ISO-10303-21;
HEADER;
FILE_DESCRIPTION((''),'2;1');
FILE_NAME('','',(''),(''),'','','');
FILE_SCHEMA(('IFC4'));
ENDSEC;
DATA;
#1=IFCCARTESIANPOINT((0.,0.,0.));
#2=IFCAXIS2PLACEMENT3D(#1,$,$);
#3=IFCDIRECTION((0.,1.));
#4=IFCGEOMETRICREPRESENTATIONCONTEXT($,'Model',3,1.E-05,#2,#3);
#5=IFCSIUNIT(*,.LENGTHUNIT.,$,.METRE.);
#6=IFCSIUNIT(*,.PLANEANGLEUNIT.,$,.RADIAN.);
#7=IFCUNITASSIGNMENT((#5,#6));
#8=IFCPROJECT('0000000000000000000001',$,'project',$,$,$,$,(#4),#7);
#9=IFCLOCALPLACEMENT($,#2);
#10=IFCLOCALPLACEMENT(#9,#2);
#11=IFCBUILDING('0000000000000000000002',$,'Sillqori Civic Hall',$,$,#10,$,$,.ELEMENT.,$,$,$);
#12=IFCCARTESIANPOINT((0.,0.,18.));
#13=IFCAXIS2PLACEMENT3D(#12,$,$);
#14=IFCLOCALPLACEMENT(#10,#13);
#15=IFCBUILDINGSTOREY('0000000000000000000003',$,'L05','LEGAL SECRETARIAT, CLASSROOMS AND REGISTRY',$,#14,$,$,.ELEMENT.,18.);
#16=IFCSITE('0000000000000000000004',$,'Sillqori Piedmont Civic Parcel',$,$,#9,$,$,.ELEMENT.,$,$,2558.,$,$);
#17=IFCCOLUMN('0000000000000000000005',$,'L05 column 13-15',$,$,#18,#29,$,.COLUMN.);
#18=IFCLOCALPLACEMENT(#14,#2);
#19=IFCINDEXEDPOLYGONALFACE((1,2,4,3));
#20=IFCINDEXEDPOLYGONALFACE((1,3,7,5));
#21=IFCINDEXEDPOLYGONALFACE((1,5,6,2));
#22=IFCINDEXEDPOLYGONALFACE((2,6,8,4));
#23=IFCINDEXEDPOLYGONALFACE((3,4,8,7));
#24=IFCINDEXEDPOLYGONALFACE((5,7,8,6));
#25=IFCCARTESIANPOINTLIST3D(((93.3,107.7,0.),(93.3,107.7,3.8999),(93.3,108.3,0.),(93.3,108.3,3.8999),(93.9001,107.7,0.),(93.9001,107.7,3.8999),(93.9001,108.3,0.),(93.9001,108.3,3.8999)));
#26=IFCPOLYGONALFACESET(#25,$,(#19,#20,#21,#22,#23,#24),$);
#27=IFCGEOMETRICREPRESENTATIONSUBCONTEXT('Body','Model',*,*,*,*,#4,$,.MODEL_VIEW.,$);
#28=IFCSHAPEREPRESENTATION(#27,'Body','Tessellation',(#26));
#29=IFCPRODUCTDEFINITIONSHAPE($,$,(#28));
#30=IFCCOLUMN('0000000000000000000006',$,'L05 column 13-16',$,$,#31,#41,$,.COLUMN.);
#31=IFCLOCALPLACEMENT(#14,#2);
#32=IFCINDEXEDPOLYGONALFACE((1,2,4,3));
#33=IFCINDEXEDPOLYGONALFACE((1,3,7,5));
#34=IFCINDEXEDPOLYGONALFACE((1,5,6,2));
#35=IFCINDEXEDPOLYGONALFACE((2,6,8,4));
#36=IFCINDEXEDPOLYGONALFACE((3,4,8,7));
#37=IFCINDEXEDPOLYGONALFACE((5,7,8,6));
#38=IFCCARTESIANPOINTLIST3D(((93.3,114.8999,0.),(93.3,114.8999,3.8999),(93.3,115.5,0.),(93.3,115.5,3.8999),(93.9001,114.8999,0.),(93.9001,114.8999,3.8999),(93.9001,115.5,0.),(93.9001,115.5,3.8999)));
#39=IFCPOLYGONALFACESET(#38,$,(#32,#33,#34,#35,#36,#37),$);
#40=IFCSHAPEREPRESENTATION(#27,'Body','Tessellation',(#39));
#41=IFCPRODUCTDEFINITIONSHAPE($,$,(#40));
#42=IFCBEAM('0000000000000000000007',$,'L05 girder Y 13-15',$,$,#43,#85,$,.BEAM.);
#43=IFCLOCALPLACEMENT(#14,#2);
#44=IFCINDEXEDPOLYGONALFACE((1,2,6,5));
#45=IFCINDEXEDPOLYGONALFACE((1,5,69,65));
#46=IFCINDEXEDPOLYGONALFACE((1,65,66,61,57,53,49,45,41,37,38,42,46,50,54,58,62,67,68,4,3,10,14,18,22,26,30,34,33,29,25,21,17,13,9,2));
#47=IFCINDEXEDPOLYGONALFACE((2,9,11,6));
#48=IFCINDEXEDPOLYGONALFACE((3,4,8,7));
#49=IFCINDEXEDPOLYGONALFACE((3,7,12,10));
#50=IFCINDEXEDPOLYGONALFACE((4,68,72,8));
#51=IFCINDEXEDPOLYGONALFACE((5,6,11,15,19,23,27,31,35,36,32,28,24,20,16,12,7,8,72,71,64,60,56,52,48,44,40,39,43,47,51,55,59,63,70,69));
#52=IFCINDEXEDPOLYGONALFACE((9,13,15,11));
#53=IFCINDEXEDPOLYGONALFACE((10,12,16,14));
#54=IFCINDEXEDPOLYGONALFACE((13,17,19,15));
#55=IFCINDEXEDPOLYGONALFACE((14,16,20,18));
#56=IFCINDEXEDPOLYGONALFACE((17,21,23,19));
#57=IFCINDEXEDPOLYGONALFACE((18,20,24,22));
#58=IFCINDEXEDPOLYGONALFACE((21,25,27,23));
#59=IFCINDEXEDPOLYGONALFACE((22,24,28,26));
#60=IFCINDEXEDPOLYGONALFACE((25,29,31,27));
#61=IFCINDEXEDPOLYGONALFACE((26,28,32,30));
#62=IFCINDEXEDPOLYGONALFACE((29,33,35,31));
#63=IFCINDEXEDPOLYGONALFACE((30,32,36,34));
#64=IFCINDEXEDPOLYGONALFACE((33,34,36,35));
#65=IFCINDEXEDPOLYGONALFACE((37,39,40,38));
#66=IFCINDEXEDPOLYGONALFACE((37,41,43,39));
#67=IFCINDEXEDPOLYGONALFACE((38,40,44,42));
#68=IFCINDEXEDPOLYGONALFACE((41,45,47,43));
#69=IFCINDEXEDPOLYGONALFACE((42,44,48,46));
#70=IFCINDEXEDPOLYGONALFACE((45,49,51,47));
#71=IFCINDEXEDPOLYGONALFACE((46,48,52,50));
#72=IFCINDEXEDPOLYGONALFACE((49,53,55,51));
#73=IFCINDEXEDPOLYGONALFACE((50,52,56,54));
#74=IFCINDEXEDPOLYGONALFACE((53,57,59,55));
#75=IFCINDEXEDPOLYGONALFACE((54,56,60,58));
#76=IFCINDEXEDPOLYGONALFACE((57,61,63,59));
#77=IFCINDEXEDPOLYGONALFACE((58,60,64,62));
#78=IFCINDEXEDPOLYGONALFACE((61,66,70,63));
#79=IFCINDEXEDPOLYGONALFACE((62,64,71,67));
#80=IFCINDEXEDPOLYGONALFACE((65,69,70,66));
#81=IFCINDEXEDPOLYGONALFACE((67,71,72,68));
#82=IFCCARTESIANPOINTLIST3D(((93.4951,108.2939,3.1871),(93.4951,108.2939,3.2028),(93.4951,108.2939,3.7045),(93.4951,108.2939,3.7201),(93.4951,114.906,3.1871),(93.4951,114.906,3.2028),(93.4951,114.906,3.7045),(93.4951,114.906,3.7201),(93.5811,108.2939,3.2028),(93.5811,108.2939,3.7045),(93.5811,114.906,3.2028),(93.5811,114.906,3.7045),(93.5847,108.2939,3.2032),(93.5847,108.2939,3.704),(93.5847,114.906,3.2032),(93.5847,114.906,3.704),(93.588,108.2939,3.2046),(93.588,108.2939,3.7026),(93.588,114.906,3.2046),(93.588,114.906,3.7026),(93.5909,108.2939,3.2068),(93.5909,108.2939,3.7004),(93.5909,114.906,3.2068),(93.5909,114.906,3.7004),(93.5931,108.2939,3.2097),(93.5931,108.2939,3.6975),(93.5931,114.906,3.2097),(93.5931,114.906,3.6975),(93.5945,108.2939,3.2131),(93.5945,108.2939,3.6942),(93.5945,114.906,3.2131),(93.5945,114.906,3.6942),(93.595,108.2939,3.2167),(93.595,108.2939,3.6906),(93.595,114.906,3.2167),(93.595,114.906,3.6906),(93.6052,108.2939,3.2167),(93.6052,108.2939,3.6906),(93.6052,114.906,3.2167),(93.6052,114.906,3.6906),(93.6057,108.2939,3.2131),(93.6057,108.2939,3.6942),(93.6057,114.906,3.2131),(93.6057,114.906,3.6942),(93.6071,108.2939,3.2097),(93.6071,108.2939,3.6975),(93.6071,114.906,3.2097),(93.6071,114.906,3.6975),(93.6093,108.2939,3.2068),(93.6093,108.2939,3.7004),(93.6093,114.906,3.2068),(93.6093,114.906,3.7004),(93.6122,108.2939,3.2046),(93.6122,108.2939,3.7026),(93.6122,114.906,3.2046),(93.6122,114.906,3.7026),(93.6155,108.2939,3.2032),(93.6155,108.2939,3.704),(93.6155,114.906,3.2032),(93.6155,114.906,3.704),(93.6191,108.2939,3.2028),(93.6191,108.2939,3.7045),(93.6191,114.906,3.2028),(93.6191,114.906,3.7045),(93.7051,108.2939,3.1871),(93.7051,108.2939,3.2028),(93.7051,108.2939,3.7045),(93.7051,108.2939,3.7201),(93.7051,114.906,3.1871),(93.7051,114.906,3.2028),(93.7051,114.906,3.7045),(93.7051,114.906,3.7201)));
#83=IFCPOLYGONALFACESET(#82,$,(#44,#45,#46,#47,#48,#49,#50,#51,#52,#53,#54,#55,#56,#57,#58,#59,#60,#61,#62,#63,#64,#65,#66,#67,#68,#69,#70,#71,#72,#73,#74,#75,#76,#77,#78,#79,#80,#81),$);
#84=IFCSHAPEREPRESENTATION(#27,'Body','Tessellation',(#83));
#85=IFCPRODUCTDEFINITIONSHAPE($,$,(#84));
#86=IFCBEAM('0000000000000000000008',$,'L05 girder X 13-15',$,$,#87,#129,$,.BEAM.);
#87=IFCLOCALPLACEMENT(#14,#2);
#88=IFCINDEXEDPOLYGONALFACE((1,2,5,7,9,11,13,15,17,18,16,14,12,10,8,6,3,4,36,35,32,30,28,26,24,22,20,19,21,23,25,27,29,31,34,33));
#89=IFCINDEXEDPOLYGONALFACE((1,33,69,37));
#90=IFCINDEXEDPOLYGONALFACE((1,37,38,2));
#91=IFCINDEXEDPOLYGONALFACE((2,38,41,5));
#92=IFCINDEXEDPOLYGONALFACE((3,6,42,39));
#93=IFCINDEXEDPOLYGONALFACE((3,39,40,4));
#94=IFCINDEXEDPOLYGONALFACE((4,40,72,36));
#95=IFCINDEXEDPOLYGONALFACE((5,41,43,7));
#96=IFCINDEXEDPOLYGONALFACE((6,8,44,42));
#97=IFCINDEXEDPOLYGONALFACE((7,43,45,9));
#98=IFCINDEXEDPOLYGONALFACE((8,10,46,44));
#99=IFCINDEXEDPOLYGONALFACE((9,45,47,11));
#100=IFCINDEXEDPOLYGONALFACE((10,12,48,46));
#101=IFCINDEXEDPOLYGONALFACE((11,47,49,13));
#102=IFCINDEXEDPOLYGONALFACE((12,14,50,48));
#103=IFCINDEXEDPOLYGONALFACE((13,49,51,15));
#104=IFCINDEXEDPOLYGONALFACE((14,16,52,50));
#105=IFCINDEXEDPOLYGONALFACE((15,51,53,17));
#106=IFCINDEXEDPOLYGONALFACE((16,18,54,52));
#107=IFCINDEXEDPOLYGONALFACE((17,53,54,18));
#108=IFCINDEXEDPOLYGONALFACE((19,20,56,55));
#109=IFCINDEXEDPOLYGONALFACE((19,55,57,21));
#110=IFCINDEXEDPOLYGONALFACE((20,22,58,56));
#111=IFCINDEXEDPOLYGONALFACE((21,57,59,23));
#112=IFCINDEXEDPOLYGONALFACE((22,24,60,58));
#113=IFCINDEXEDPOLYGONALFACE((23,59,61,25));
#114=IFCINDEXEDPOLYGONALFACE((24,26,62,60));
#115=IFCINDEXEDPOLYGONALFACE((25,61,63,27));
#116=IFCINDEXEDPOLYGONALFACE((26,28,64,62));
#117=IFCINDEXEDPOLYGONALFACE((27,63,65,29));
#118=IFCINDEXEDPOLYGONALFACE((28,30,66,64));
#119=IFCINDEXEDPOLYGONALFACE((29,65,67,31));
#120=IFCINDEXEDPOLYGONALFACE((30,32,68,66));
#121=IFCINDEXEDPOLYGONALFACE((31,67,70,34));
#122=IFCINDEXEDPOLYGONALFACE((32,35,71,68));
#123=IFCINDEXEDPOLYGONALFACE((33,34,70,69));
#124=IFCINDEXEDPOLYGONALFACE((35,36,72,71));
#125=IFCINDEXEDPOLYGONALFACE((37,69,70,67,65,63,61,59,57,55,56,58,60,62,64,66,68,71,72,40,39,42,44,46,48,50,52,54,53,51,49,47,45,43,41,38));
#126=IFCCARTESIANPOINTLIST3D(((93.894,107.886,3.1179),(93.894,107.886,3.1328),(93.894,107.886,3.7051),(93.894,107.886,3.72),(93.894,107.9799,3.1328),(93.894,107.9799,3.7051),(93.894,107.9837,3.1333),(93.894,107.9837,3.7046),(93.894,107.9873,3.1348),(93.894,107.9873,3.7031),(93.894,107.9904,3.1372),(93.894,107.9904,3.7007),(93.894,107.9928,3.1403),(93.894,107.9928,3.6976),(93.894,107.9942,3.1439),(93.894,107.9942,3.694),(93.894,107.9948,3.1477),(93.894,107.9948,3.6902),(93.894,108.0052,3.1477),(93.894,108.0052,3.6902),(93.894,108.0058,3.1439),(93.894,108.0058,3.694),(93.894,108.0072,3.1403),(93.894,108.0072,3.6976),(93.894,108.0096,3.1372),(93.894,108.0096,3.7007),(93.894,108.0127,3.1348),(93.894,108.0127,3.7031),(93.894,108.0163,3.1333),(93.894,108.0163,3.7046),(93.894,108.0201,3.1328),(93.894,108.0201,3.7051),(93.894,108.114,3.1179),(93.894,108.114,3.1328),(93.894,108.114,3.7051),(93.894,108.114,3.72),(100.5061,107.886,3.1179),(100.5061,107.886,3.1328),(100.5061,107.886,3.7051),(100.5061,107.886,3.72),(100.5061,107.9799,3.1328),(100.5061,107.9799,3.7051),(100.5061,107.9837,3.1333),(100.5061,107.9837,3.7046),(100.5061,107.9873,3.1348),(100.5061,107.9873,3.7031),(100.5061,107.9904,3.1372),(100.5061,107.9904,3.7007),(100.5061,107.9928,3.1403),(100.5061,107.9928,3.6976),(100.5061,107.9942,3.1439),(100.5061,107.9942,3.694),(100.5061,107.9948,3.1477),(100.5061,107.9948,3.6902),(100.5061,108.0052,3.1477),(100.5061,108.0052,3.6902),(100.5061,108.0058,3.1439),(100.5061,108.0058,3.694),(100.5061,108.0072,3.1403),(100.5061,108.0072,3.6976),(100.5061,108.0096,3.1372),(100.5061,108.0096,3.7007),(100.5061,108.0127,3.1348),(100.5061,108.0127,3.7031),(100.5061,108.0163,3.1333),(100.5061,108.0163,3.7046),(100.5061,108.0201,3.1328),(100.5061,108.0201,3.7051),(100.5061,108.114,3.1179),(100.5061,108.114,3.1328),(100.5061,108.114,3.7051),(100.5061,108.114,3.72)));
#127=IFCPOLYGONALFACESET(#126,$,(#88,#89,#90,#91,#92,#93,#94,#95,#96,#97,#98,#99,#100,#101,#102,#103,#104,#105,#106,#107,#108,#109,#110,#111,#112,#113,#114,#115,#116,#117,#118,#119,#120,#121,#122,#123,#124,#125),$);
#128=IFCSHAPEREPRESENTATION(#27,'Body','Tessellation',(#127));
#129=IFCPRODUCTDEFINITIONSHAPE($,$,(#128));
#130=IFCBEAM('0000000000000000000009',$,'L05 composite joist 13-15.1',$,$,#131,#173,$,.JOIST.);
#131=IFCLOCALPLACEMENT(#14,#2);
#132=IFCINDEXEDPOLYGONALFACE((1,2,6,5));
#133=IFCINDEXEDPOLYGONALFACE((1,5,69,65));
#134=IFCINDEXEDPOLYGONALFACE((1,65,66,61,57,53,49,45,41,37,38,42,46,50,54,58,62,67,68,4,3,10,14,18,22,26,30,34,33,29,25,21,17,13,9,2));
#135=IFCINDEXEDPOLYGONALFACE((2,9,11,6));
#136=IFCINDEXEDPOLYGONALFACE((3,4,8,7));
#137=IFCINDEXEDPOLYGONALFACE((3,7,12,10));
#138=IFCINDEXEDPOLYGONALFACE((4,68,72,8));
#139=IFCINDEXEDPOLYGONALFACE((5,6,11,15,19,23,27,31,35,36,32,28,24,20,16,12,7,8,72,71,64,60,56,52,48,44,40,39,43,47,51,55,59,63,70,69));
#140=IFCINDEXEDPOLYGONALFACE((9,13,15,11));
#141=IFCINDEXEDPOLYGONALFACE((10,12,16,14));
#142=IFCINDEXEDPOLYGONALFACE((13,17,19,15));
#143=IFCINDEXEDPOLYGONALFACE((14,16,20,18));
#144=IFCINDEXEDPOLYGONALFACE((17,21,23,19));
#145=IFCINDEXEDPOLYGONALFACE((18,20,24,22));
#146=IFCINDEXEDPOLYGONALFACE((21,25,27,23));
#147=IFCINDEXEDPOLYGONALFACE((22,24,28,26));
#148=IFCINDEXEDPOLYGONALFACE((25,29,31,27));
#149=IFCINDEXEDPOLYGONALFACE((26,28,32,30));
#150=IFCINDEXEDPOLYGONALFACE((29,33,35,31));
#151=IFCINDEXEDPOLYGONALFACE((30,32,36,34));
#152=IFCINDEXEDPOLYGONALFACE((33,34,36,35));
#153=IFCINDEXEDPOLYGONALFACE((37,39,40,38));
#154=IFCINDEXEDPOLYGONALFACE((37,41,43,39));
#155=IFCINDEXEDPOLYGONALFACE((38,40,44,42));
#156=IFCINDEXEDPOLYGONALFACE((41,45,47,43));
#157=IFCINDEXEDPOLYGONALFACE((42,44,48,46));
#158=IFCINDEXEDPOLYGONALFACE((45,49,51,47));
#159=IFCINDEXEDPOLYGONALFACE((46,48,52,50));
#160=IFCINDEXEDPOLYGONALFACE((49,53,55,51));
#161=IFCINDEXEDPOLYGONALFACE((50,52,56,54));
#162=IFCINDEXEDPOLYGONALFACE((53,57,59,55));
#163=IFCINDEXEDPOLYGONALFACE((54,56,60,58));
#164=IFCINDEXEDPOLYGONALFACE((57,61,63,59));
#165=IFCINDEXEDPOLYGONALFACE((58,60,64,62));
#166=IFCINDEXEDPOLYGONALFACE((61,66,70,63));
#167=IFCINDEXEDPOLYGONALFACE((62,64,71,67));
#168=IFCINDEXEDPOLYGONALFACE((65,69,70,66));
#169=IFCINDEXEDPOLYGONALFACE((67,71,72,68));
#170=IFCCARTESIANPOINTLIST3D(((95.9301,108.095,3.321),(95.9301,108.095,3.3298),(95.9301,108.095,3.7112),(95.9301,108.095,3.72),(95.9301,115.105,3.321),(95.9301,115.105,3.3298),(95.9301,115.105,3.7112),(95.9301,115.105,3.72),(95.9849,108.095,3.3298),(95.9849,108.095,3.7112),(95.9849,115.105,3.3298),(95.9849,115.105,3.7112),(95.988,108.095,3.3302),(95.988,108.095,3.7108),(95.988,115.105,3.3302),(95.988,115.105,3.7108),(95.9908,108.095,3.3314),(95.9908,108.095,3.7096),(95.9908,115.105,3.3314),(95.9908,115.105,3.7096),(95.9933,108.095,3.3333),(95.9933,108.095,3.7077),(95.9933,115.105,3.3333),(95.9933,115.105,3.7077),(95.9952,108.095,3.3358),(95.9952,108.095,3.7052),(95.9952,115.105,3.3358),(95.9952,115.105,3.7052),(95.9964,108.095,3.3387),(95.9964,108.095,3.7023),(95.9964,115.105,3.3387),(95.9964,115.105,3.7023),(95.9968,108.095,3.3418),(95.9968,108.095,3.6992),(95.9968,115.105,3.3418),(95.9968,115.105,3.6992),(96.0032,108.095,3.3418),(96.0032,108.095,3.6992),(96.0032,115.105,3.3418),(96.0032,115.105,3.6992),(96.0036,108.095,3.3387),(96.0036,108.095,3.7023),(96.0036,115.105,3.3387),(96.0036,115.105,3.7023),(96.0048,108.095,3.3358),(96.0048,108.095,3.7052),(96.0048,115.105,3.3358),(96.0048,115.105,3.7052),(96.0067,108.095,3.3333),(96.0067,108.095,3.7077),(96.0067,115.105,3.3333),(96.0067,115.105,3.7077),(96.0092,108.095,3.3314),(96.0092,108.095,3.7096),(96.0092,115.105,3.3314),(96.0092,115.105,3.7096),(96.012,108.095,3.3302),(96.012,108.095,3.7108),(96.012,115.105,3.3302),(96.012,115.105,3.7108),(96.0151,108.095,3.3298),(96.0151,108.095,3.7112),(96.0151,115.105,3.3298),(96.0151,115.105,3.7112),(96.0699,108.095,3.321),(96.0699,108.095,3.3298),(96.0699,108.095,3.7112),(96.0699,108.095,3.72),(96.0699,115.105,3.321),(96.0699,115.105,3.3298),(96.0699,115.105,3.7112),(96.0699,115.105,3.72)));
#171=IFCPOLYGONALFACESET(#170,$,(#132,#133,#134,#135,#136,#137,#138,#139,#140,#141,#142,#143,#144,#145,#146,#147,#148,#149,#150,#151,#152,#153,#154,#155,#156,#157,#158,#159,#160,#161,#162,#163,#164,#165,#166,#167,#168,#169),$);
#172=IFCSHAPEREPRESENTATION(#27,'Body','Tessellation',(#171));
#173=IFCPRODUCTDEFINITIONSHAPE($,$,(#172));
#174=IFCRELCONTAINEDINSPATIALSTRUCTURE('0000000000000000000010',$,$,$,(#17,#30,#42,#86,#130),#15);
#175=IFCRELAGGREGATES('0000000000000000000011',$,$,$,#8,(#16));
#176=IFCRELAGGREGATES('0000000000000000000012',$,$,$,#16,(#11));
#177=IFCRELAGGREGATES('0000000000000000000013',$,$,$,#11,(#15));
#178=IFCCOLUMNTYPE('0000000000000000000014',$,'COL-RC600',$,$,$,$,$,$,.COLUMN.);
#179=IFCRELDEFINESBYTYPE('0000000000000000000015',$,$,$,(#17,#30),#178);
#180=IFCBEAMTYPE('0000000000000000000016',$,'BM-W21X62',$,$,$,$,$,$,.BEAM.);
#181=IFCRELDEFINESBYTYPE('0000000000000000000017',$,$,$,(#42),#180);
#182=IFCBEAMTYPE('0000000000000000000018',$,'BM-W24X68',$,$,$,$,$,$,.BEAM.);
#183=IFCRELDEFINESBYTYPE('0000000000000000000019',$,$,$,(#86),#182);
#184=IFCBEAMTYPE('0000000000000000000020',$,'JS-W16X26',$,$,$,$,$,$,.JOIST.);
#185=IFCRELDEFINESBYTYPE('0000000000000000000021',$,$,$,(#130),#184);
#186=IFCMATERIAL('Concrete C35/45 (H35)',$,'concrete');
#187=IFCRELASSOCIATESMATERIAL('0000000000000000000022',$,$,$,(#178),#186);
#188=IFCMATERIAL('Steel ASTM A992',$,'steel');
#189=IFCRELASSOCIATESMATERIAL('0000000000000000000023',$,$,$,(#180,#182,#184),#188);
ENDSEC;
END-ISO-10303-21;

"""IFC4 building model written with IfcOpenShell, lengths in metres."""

from ifc_helpers import new_model, si_unit, direction, frame, origin, origin_2d, place, context, subcontext, project, spatial, rectangle, i_section, extrude, material, material_profile, profile_set, type_object, element, save


model = new_model("IFC4")

# Units and contexts
model_context = context("Model", 3, precision=1e-05, world=origin(), true_north=direction((0.0, 1.0)))
body_context = subcontext(model_context, "Body", "Model", "MODEL_VIEW")
ifc_project = project(units=[si_unit("LENGTHUNIT", "METRE"), si_unit("PLANEANGLEUNIT", "RADIAN")], contexts=[model_context])

# Site, building, storey
site_placement = place(None, origin())
site = spatial("IfcSite", under=ifc_project, at=site_placement, Name="Sillqori Piedmont Civic Parcel", CompositionType="ELEMENT", RefElevation=2558.0)
building_placement = place(site_placement, origin())
building = spatial("IfcBuilding", under=site, at=building_placement, Name="Sillqori Civic Hall", CompositionType="ELEMENT")
storey_placement = place(building_placement, frame((0.0, 0.0, 18.0)))
storey = spatial("IfcBuildingStorey", under=building, at=storey_placement, Name="L05", Description="LEGAL SECRETARIAT, CLASSROOMS AND REGISTRY", CompositionType="ELEMENT", Elevation=18.0)

# Columns
ifc_material_1 = material(Name="Concrete C35/45 (H35)", Category="concrete")
ifc_material_profile_1 = material_profile(ifc_material_1, rectangle(XDim=0.6001, YDim=0.6001, at=origin_2d()), Name="RC 600x600")
ifc_profile_set_1 = profile_set([ifc_material_profile_1], Name="Concrete C35/45 (H35)")
column_type = type_object("IfcColumnType", Name="COL-RC600", PredefinedType="COLUMN", material=ifc_profile_set_1)
for number, where, z_axis, x_axis, name in (
    (1, (93.6001, 108.0, 0.0), (0.0, 0.0, 1.0), (1.0, 0.0, 0.0), "L05 column 13-15"),
    (2, (93.6001, 115.2, 0.0), (0.0, 0.0, 1.0), (1.0, 0.0, 0.0), "L05 column 13-16"),
):
    element("IfcColumn", number, at=place(storey_placement, frame(where, z_axis=z_axis, x_axis=x_axis)), inside=storey, type_object=column_type, Name=name, PredefinedType="COLUMN", context=body_context, shape_type="SweptSolid", body=[
        extrude(rectangle(XDim=0.6001, YDim=0.6001, at=origin_2d()), origin(), (0.0, 0.0, 1.0), 3.8999),
    ])

# Beams
ifc_material_2 = material(Name="Steel ASTM A992", Category="steel")
ifc_material_profile_2 = material_profile(ifc_material_2, i_section(OverallWidth=0.21, OverallDepth=0.533, WebThickness=0.0103, FlangeThickness=0.0156, FilletRadius=0.0139, at=origin_2d()), Name="W21X62")
ifc_profile_set_2 = profile_set([ifc_material_profile_2], Name="Steel ASTM A992")
beam_type_1 = type_object("IfcBeamType", Name="BM-W21X62", PredefinedType="BEAM", material=ifc_profile_set_2)
beam_1_placement = place(storey_placement, frame((93.6001, 108.2939, 3.4536), z_axis=(0.0, 1.0, 0.0), x_axis=(-1.0, 0.0, 0.0)))
element("IfcBeam", 3, at=beam_1_placement, inside=storey, type_object=beam_type_1, Name="L05 girder Y 13-15", PredefinedType="BEAM", context=body_context, shape_type="SweptSolid", body=[
    extrude(i_section(OverallWidth=0.21, OverallDepth=0.533, WebThickness=0.0103, FlangeThickness=0.0156, FilletRadius=0.0139, at=origin_2d()), origin(), (0.0, 0.0, 1.0), 6.6121),
])
ifc_material_profile_3 = material_profile(ifc_material_2, i_section(OverallWidth=0.228, OverallDepth=0.6021, WebThickness=0.0105, FlangeThickness=0.0149, FilletRadius=0.0149, at=origin_2d()), Name="W24X68")
ifc_profile_set_3 = profile_set([ifc_material_profile_3], Name="Steel ASTM A992")
beam_type_2 = type_object("IfcBeamType", Name="BM-W24X68", PredefinedType="BEAM", material=ifc_profile_set_3)
beam_2_placement = place(storey_placement, frame((93.894, 108.0, 3.4189), z_axis=(1.0, 0.0, 0.0), x_axis=(0.0, 1.0, 0.0)))
element("IfcBeam", 4, at=beam_2_placement, inside=storey, type_object=beam_type_2, Name="L05 girder X 13-15", PredefinedType="BEAM", context=body_context, shape_type="SweptSolid", body=[
    extrude(i_section(OverallWidth=0.228, OverallDepth=0.6021, WebThickness=0.0105, FlangeThickness=0.0149, FilletRadius=0.0149, at=origin_2d()), origin(), (0.0, 0.0, 1.0), 6.6121),
])

# Beam
ifc_material_profile_4 = material_profile(ifc_material_2, i_section(OverallWidth=0.1399, OverallDepth=0.3989, WebThickness=0.0063, FlangeThickness=0.0088, FilletRadius=0.012, at=origin_2d()), Name="W16X26")
ifc_profile_set_4 = profile_set([ifc_material_profile_4], Name="Steel ASTM A992")
beam_type_3 = type_object("IfcBeamType", Name="JS-W16X26", PredefinedType="JOIST", material=ifc_profile_set_4)
for number, where, z_axis, x_axis, name in (
    (5, (96.0, 108.095, 3.5205), (0.0, 1.0, 0.0), (-1.0, 0.0, 0.0), "L05 composite joist 13-15.1"),
):
    element("IfcBeam", number, at=place(storey_placement, frame(where, z_axis=z_axis, x_axis=x_axis)), inside=storey, type_object=beam_type_3, Name=name, PredefinedType="JOIST", context=body_context, shape_type="SweptSolid", body=[
        extrude(i_section(OverallWidth=0.1399, OverallDepth=0.3989, WebThickness=0.0063, FlangeThickness=0.0088, FilletRadius=0.012, at=origin_2d()), origin(), (0.0, 0.0, 1.0), 7.01),
    ])

save(model, "model.ifc")
